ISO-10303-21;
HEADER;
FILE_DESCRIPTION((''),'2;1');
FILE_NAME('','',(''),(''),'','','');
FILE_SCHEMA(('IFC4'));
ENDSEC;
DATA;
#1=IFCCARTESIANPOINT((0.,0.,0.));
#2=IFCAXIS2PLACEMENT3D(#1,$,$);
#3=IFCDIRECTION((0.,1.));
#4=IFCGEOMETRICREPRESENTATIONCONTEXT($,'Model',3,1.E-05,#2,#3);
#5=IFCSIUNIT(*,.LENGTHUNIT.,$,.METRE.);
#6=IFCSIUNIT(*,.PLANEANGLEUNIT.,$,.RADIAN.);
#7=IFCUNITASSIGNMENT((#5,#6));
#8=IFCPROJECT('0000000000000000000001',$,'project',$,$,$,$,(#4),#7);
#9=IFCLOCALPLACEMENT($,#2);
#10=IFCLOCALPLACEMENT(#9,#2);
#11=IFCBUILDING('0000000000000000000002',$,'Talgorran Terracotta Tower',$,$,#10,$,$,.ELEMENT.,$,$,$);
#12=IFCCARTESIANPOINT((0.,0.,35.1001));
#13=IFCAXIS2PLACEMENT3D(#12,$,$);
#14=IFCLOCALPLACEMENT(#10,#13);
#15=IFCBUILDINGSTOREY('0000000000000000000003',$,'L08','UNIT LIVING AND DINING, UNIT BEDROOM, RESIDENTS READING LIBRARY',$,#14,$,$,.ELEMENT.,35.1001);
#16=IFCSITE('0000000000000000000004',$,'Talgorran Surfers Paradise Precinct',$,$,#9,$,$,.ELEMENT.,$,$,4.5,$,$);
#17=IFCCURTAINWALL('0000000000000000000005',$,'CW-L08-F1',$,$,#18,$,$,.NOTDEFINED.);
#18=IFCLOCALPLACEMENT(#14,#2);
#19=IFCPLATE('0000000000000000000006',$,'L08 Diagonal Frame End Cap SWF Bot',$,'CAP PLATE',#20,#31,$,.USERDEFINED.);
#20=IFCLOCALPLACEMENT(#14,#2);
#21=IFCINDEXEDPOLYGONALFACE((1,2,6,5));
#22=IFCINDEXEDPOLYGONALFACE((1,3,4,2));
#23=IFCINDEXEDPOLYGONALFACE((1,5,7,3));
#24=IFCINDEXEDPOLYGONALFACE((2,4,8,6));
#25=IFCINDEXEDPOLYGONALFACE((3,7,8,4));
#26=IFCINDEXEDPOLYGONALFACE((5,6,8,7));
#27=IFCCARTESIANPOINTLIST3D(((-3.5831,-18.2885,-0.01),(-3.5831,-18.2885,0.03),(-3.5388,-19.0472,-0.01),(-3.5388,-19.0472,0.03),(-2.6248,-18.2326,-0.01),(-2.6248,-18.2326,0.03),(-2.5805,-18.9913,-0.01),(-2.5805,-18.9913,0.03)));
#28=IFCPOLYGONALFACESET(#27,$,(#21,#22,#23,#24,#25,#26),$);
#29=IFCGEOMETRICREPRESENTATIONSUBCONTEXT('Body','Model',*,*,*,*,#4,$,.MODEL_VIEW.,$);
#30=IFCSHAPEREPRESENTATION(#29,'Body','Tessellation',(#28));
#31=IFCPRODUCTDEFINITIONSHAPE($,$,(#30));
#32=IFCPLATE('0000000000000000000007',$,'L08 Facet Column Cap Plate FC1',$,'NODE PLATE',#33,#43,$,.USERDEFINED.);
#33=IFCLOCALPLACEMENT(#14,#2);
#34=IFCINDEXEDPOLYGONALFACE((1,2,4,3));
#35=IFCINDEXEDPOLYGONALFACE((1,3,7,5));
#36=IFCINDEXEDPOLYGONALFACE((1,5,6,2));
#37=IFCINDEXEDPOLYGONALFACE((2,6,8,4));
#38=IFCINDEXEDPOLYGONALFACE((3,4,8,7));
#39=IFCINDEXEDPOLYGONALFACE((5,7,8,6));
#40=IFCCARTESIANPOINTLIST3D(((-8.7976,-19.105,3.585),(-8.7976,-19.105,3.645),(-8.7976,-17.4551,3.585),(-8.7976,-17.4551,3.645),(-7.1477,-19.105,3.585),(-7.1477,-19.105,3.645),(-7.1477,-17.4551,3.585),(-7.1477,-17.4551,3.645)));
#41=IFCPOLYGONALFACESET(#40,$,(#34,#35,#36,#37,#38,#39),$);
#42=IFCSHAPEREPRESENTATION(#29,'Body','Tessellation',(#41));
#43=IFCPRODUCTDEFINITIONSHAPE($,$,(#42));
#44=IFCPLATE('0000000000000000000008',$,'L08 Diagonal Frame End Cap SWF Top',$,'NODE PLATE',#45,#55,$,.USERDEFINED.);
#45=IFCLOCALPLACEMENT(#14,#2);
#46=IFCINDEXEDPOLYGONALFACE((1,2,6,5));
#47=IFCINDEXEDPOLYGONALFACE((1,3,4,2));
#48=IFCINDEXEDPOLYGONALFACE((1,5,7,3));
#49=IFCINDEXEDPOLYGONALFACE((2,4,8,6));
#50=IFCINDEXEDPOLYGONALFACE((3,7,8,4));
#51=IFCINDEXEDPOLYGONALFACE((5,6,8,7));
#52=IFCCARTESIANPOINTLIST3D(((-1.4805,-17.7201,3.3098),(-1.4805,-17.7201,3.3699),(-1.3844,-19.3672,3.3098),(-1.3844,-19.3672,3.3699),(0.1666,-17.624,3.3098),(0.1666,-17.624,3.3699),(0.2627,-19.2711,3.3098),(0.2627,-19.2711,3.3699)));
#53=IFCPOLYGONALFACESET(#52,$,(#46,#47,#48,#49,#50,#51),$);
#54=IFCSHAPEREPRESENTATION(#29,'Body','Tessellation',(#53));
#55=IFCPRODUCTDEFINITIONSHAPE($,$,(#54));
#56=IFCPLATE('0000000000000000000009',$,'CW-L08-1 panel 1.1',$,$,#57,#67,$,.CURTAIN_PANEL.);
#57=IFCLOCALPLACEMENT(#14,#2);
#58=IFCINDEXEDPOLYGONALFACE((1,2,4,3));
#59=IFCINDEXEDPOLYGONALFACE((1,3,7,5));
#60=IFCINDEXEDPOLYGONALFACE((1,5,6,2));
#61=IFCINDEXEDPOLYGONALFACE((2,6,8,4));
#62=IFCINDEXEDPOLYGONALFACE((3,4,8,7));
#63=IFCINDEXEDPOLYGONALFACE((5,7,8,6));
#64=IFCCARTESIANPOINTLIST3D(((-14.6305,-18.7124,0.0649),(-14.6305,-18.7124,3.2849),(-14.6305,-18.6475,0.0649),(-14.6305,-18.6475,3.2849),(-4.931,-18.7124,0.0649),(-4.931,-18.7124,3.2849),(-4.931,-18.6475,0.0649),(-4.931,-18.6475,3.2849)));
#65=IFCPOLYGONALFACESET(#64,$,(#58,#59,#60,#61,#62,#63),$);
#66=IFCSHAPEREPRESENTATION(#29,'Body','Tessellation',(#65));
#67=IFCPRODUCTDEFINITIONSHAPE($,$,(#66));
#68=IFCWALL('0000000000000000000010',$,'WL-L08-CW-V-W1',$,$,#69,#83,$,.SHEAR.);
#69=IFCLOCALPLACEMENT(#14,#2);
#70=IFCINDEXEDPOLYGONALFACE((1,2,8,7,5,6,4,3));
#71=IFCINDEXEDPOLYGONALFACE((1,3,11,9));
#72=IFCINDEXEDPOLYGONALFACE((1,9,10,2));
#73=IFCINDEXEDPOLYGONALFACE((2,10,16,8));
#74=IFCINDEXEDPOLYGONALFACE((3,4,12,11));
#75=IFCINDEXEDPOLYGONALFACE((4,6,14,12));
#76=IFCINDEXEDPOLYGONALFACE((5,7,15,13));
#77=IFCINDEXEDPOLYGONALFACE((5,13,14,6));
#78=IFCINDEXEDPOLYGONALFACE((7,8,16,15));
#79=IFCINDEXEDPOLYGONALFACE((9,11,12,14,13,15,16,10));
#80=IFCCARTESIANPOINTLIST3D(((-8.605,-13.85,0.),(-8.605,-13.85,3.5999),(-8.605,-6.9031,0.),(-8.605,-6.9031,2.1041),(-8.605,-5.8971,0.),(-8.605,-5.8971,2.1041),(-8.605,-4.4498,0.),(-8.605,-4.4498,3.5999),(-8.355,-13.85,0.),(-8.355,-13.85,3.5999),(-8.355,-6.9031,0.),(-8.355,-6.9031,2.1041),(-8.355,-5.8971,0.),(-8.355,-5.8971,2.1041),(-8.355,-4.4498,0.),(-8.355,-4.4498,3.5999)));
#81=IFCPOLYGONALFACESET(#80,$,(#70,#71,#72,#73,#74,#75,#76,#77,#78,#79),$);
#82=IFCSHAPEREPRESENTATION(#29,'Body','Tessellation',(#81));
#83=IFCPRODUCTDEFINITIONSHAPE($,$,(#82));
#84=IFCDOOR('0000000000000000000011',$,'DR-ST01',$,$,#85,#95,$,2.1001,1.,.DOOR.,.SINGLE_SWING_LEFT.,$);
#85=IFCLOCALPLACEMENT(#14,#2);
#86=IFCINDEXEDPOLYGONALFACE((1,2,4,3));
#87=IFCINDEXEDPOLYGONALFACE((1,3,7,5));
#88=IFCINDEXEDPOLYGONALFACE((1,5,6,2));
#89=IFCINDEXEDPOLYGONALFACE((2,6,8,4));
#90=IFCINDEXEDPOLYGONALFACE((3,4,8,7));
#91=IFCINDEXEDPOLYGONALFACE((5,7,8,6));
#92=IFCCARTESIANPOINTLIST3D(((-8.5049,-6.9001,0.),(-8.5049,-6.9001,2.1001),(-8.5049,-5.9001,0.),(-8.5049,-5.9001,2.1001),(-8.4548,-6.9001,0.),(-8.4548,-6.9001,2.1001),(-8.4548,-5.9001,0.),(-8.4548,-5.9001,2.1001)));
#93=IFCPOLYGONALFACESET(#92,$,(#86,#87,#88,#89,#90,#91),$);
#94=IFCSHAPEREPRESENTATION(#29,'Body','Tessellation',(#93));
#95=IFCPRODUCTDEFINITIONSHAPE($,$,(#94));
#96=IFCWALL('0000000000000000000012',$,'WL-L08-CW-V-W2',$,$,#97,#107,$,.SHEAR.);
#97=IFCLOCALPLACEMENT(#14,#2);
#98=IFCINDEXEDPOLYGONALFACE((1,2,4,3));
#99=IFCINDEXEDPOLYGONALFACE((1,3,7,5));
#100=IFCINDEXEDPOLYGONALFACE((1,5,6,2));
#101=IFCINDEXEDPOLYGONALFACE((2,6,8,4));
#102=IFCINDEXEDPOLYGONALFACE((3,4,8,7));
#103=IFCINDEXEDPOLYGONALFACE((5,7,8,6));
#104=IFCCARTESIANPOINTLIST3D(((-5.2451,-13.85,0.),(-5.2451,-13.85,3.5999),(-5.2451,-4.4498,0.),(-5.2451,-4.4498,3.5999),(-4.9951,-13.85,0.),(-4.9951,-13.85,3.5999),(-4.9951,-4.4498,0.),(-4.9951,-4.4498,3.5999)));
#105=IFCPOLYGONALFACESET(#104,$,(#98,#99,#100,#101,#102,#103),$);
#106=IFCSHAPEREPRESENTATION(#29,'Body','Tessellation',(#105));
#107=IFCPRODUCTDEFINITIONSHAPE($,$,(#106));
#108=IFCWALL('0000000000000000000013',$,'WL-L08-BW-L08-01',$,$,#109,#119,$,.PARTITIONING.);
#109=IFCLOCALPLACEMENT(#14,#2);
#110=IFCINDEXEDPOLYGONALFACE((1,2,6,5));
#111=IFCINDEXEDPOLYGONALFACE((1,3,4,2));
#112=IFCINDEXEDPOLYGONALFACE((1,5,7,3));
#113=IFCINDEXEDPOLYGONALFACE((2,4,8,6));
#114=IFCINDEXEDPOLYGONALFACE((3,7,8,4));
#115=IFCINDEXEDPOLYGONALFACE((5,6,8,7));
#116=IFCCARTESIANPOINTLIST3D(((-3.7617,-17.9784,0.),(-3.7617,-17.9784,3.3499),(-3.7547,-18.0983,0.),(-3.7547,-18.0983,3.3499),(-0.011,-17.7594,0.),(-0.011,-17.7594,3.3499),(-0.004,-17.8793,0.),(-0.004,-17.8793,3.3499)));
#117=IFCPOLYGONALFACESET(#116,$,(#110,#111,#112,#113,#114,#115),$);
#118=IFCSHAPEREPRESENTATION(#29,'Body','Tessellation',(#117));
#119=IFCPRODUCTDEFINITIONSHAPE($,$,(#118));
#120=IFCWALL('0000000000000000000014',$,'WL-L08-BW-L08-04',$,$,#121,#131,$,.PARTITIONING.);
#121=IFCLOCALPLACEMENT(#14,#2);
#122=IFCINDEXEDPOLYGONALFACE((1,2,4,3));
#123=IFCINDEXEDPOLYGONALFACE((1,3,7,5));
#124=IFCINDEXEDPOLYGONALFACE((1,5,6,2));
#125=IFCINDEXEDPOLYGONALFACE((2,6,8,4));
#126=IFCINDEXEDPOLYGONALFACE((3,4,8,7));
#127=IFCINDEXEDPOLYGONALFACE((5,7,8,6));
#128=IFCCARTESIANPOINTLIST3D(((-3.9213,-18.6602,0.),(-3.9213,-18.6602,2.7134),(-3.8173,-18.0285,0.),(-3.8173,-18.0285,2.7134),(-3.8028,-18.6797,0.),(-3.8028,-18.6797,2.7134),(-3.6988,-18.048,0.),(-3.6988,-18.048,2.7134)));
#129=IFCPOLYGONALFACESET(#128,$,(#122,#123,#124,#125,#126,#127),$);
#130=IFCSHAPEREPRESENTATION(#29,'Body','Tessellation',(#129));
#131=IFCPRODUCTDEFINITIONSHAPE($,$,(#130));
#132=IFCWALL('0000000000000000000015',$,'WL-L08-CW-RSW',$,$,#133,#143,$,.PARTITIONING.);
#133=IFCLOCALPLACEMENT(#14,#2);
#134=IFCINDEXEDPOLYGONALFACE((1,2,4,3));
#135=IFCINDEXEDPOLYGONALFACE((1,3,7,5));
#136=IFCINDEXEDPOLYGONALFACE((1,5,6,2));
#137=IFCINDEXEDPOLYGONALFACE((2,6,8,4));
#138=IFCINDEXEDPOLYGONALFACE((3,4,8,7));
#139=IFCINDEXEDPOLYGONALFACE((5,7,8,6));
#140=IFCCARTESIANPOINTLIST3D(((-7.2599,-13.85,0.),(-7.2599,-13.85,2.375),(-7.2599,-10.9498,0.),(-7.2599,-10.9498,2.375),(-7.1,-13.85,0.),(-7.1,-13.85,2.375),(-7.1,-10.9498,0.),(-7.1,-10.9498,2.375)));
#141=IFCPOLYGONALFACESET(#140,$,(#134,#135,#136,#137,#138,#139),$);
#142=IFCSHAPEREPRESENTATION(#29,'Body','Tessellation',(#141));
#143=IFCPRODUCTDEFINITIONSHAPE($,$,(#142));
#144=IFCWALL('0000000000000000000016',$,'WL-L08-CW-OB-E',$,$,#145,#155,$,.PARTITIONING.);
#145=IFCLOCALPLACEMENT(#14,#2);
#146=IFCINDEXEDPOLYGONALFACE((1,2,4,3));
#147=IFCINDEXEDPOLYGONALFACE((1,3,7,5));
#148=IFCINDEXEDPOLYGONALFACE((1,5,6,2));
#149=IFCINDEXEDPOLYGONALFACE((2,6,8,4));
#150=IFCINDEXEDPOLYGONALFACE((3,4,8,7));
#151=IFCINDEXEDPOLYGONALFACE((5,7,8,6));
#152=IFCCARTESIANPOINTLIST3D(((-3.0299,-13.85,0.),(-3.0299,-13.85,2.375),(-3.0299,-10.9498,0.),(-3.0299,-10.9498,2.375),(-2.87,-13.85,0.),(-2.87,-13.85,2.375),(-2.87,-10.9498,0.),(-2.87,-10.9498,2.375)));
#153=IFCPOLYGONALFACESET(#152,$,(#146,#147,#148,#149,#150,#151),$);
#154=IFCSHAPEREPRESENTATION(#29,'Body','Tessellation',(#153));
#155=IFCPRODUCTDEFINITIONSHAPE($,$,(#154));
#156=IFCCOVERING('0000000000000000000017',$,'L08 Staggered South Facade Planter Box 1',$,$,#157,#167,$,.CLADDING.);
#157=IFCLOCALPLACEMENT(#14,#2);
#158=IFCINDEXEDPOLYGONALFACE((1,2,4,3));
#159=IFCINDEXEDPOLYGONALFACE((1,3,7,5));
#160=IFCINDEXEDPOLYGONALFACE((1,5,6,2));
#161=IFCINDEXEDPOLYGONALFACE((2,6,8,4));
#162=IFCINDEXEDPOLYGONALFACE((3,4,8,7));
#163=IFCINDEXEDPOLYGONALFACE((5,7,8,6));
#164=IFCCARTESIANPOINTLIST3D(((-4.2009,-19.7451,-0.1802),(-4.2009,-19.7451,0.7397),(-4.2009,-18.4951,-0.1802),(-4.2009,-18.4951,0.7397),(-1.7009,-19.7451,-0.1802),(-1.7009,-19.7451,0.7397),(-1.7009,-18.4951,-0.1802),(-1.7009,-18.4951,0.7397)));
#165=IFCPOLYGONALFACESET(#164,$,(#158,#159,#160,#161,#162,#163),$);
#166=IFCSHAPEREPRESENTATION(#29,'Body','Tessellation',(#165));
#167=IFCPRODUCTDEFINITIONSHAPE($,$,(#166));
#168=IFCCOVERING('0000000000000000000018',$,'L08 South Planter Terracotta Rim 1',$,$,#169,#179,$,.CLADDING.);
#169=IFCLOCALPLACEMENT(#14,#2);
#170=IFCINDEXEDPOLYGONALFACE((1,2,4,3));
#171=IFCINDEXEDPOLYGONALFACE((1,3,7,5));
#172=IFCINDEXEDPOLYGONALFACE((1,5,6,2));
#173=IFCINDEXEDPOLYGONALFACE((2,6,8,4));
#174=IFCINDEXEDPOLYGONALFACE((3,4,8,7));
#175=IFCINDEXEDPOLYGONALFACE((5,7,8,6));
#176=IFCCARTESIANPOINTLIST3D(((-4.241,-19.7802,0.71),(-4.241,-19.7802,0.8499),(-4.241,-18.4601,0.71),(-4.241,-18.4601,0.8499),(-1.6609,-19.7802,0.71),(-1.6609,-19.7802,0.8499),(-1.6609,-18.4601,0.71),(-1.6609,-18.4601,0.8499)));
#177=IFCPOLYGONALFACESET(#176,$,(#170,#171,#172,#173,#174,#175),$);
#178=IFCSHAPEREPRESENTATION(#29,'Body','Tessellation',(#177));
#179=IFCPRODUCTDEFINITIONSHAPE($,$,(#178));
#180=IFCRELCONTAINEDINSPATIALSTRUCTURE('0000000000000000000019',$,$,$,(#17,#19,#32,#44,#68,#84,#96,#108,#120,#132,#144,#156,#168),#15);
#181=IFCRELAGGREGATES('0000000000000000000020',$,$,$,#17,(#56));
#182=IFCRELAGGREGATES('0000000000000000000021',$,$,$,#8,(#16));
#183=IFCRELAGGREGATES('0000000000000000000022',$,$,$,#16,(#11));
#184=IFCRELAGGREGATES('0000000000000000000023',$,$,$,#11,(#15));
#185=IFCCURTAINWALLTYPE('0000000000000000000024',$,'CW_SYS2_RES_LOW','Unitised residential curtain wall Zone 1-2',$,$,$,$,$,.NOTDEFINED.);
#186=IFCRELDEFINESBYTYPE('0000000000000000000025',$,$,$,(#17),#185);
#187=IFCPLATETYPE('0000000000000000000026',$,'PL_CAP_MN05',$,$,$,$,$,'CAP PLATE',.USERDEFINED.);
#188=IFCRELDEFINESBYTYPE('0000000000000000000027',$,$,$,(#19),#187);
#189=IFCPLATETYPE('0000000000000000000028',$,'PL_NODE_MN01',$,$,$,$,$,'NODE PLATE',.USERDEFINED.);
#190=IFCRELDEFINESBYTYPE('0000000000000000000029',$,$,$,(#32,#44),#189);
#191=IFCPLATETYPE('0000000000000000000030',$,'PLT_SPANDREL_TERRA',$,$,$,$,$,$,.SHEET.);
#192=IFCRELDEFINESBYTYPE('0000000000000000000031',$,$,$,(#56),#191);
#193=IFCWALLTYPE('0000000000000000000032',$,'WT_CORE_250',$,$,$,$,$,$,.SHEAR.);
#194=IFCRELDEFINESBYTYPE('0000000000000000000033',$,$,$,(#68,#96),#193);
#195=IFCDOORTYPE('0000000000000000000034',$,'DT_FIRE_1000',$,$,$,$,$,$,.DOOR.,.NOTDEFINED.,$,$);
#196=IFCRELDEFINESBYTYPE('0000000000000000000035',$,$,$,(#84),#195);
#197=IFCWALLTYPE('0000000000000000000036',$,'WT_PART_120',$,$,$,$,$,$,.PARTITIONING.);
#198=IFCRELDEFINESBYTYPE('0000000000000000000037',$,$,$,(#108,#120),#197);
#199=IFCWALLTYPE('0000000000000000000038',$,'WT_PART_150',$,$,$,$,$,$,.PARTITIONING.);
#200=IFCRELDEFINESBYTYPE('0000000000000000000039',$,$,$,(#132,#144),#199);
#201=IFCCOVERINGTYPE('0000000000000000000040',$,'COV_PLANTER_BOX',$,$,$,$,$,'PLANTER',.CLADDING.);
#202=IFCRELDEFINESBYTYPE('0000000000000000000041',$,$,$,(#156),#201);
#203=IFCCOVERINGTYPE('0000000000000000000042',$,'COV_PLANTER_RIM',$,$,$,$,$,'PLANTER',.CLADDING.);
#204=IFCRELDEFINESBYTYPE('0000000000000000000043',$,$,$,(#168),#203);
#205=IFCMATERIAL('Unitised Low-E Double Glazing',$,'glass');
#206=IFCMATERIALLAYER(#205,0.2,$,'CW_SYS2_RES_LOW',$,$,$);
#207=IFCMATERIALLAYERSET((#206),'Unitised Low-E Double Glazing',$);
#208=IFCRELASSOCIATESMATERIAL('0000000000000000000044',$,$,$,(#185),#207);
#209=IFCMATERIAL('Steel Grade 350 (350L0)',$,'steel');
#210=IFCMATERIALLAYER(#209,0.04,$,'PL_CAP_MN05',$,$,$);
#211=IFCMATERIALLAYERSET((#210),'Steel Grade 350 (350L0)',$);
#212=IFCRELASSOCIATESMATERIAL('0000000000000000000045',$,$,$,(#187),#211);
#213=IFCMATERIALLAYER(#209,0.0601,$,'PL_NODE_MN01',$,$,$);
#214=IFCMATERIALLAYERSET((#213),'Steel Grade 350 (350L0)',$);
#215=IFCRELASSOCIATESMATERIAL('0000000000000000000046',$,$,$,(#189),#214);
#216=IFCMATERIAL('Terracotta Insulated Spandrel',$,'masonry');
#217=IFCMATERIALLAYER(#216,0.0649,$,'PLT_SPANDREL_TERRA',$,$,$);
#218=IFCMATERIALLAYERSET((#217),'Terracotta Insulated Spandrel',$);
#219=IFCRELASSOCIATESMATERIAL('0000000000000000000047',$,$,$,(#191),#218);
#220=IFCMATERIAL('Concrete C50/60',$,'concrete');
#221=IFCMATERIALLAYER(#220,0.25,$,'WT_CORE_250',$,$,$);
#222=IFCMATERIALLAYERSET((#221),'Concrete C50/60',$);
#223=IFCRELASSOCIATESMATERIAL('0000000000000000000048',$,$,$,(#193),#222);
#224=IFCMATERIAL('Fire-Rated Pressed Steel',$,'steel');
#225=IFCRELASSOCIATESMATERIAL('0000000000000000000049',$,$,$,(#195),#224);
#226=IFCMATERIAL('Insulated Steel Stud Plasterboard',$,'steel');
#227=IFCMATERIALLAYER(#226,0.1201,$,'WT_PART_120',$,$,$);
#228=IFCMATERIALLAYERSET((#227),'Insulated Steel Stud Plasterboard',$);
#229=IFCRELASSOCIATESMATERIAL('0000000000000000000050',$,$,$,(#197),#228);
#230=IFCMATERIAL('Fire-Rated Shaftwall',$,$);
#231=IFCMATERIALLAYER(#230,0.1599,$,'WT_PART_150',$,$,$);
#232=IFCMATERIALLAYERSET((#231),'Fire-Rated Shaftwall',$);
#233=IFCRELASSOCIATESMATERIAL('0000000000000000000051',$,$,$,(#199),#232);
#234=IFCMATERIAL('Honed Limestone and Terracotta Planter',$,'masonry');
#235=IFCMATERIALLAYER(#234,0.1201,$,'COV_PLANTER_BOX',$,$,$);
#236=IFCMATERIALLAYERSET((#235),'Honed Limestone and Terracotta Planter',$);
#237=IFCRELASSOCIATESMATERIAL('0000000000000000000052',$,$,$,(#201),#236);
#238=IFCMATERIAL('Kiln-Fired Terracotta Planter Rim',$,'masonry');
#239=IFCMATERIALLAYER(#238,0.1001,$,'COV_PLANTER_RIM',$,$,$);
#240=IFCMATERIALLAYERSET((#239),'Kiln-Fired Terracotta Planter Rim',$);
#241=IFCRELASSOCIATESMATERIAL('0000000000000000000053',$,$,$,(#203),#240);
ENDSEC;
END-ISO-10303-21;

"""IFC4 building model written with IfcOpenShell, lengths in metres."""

from ifc_helpers import new_model, si_unit, direction, frame, frame_2d, origin, origin_2d, place, context, subcontext, project, spatial, rectangle, extrude, source, transform, mapped, material, layer, layer_set, type_object, type_shapes, element, fill, aggregate, save


model = new_model("IFC4")

# Units and contexts
model_context = context("Model", 3, precision=1e-05, world=origin(), true_north=direction((0.0, 1.0)))
body_context = subcontext(model_context, "Body", "Model", "MODEL_VIEW")
ifc_project = project(units=[si_unit("LENGTHUNIT", "METRE"), si_unit("PLANEANGLEUNIT", "RADIAN")], contexts=[model_context])

# Site, building, storey
site_placement = place(None, origin())
site = spatial("IfcSite", under=ifc_project, at=site_placement, Name="Talgorran Surfers Paradise Precinct", CompositionType="ELEMENT", RefElevation=4.5)
building_placement = place(site_placement, origin())
building = spatial("IfcBuilding", under=site, at=building_placement, Name="Talgorran Terracotta Tower", CompositionType="ELEMENT")
storey_placement = place(building_placement, frame((0.0, 0.0, 35.1001)))
storey = spatial("IfcBuildingStorey", under=building, at=storey_placement, Name="L08", Description="UNIT LIVING AND DINING, UNIT BEDROOM, RESIDENTS READING LIBRARY", CompositionType="ELEMENT", Elevation=35.1001)

# Shared definitions
ifc_material_1 = material(Name="Steel Grade 350 (350L0)", Category="steel")

# Curtain wall
ifc_material_2 = material(Name="Unitised Low-E Double Glazing", Category="glass")
ifc_layer_1 = layer(ifc_material_2, 0.2, Name="CW_SYS2_RES_LOW")
ifc_layer_set_1 = layer_set([ifc_layer_1], Name="Unitised Low-E Double Glazing")
curtain_wall_type = type_object("IfcCurtainWallType", Name="CW_SYS2_RES_LOW", Description="Unitised residential curtain wall Zone 1-2", PredefinedType="NOTDEFINED", material=ifc_layer_set_1)
curtain_wall_placement = place(storey_placement, origin())
curtain_wall = element("IfcCurtainWall", 1, at=curtain_wall_placement, inside=storey, type_object=curtain_wall_type, Name="CW-L08-F1", PredefinedType="NOTDEFINED")

# Plates
ifc_layer_2 = layer(ifc_material_1, 0.04, Name="PL_CAP_MN05")
ifc_layer_set_2 = layer_set([ifc_layer_2], Name="Steel Grade 350 (350L0)")
plate_type_1 = type_object("IfcPlateType", Name="PL_CAP_MN05", ElementType="CAP PLATE", PredefinedType="USERDEFINED", material=ifc_layer_set_2)
plate_1_placement = place(storey_placement, frame((-3.0818, -18.6399, -0.01), z_axis=(0.0, 0.0, 1.0), x_axis=(0.998301, 0.058261, 0.0)))
element("IfcPlate", 2, at=plate_1_placement, inside=storey, type_object=plate_type_1, Name="L08 Diagonal Frame End Cap SWF Bot", ObjectType="CAP PLATE", PredefinedType="USERDEFINED", context=body_context, shape_type="SweptSolid", body=[
    extrude(rectangle(XDim=0.96, YDim=0.76, at=origin_2d()), origin(), (0.0, 0.0, 1.0), 0.04),
])
ifc_layer_3 = layer(ifc_material_1, 0.0601, Name="PL_NODE_MN01")
ifc_layer_set_3 = layer_set([ifc_layer_3], Name="Steel Grade 350 (350L0)")
plate_type_2 = type_object("IfcPlateType", Name="PL_NODE_MN01", ElementType="NODE PLATE", PredefinedType="USERDEFINED", material=ifc_layer_set_3)
for number, where, z_axis, x_axis, name in (
    (3, (-7.9727, -18.28, 3.585), (0.0, 0.0, 1.0), (1.0, 0.0, 0.0), "L08 Facet Column Cap Plate FC1"),
    (4, (-0.6089, -18.4956, 3.3098), (0.0, 0.0, 1.0), (0.998301, 0.058261, 0.0), "L08 Diagonal Frame End Cap SWF Top"),
):
    element("IfcPlate", number, at=place(storey_placement, frame(where, z_axis=z_axis, x_axis=x_axis)), inside=storey, type_object=plate_type_2, Name=name, ObjectType="NODE PLATE", PredefinedType="USERDEFINED", context=body_context, shape_type="SweptSolid", body=[
        extrude(rectangle(XDim=1.6499, YDim=1.6499, at=origin_2d()), origin(), (0.0, 0.0, 1.0), 0.0601),
    ])

# Plate
ifc_material_3 = material(Name="Terracotta Insulated Spandrel", Category="masonry")
ifc_layer_4 = layer(ifc_material_3, 0.0649, Name="PLT_SPANDREL_TERRA")
ifc_layer_set_4 = layer_set([ifc_layer_4], Name="Terracotta Insulated Spandrel")
plate_type_3 = type_object("IfcPlateType", Name="PLT_SPANDREL_TERRA", PredefinedType="SHEET", material=ifc_layer_set_4)
shared_shape = source(origin(), body_context, "Body", "SweptSolid", [
    extrude(rectangle(XDim=9.6995, YDim=0.0649, at=origin_2d()), origin(), (0.0, 0.0, 1.0), 3.22),
])
type_shapes(plate_type_3, [shared_shape])
plate_2_placement = place(storey_placement, frame((-9.7808, -18.6799, 0.0649), z_axis=(0.0, 0.0, 1.0), x_axis=(1.0, 0.0, 0.0)))
plate_2 = element("IfcPlate", 5, at=plate_2_placement, type_object=plate_type_3, Name="CW-L08-1 panel 1.1", PredefinedType="CURTAIN_PANEL", context=body_context, shape_type="MappedRepresentation", body=[
    mapped(shared_shape, transform((0.0, 0.0, 0.0), scale=1.0)),
])
aggregate(curtain_wall, [plate_2])

# Wall, opening, door
ifc_material_4 = material(Name="Concrete C50/60", Category="concrete")
ifc_layer_5 = layer(ifc_material_4, 0.25, Name="WT_CORE_250")
ifc_layer_set_5 = layer_set([ifc_layer_5], Name="Concrete C50/60")
wall_type_1 = type_object("IfcWallType", Name="WT_CORE_250", PredefinedType="SHEAR", material=ifc_layer_set_5)
wall_1_placement = place(storey_placement, frame((-8.48, -13.8501, 0.0), z_axis=(0.0, 0.0, 1.0), x_axis=(0.0, 1.0, 0.0)))
wall_1 = element("IfcWall", 6, at=wall_1_placement, inside=storey, type_object=wall_type_1, Name="WL-L08-CW-V-W1", PredefinedType="SHEAR", context=body_context, shape_type="SweptSolid", body=[
    extrude(rectangle(XDim=9.4001, YDim=0.25, at=frame_2d((4.7002, 0.0))), origin(), (0.0, 0.0, 1.0), 3.5999),
])
opening_placement = place(wall_1_placement, frame((6.95, 0.0, 0.0)))
opening = element("IfcOpeningElement", 7, at=opening_placement, cuts=wall_1, PredefinedType="OPENING", context=body_context, shape_type="SweptSolid", body=[
    extrude(rectangle(XDim=1.006, YDim=2.1041, at=frame_2d((0.5, 1.052))), frame((0.0, 0.135, 0.0), z_axis=(0.0, -1.0, 0.0), x_axis=(1.0, 0.0, 0.0)), (0.0, 0.0, 1.0), 0.27),
])
ifc_material_5 = material(Name="Fire-Rated Pressed Steel", Category="steel")
door_type = type_object("IfcDoorType", Name="DT_FIRE_1000", OperationType="NOTDEFINED", PredefinedType="DOOR", material=ifc_material_5)
door_placement = place(opening_placement, origin())
door = element("IfcDoor", 8, at=door_placement, inside=storey, type_object=door_type, Name="DR-ST01", OperationType="SINGLE_SWING_LEFT", OverallHeight=2.1001, OverallWidth=1.0, PredefinedType="DOOR", context=body_context, shape_type="SweptSolid", body=[
    extrude(rectangle(XDim=1.0, YDim=2.1001, at=frame_2d((0.5, 1.05))), frame((0.0, 0.0249, 0.0), z_axis=(0.0, -1.0, 0.0), x_axis=(1.0, 0.0, 0.0)), (0.0, 0.0, 1.0), 0.05),
])
fill(opening, door)

# Walls
wall_2_placement = place(storey_placement, frame((-5.1201, -13.8501, 0.0), z_axis=(0.0, 0.0, 1.0), x_axis=(0.0, 1.0, 0.0)))
element("IfcWall", 9, at=wall_2_placement, inside=storey, type_object=wall_type_1, Name="WL-L08-CW-V-W2", PredefinedType="SHEAR", context=body_context, shape_type="SweptSolid", body=[
    extrude(rectangle(XDim=9.4001, YDim=0.25, at=frame_2d((4.7002, 0.0))), origin(), (0.0, 0.0, 1.0), 3.5999),
])
ifc_material_6 = material(Name="Insulated Steel Stud Plasterboard", Category="steel")
ifc_layer_6 = layer(ifc_material_6, 0.1201, Name="WT_PART_120")
ifc_layer_set_6 = layer_set([ifc_layer_6], Name="Insulated Steel Stud Plasterboard")
wall_type_2 = type_object("IfcWallType", Name="WT_PART_120", PredefinedType="PARTITIONING", material=ifc_layer_set_6)
wall_3_placement = place(storey_placement, frame((-3.7581, -18.0383, 0.0), z_axis=(0.0, 0.0, 1.0), x_axis=(0.9983, 0.058288, 0.0)))
element("IfcWall", 10, at=wall_3_placement, inside=storey, type_object=wall_type_2, Name="WL-L08-BW-L08-01", PredefinedType="PARTITIONING", context=body_context, shape_type="SweptSolid", body=[
    extrude(rectangle(XDim=3.7571, YDim=0.1201, at=frame_2d((1.8784, 0.0))), origin(), (0.0, 0.0, 1.0), 3.3499),
])
wall_4_placement = place(storey_placement, frame((-3.8621, -18.6699, 0.0), z_axis=(0.0, 0.0, 1.0), x_axis=(0.162481, 0.986712, 0.0)))
element("IfcWall", 11, at=wall_4_placement, inside=storey, type_object=wall_type_2, Name="WL-L08-BW-L08-04", PredefinedType="PARTITIONING", context=body_context, shape_type="SweptSolid", body=[
    extrude(rectangle(XDim=0.6401, YDim=0.1201, at=frame_2d((0.3201, 0.0))), origin(), (0.0, 0.0, 1.0), 2.7134),
])
ifc_material_7 = material(Name="Fire-Rated Shaftwall")
ifc_layer_7 = layer(ifc_material_7, 0.1599, Name="WT_PART_150")
ifc_layer_set_7 = layer_set([ifc_layer_7], Name="Fire-Rated Shaftwall")
wall_type_3 = type_object("IfcWallType", Name="WT_PART_150", PredefinedType="PARTITIONING", material=ifc_layer_set_7)
for number, where, z_axis, x_axis, name in (
    (12, (-7.1799, -13.8501, 0.0), (0.0, 0.0, 1.0), (0.0, 1.0, 0.0), "WL-L08-CW-RSW"),
    (13, (-2.95, -13.8501, 0.0), (0.0, 0.0, 1.0), (0.0, 1.0, 0.0), "WL-L08-CW-OB-E"),
):
    element("IfcWall", number, at=place(storey_placement, frame(where, z_axis=z_axis, x_axis=x_axis)), inside=storey, type_object=wall_type_3, Name=name, PredefinedType="PARTITIONING", context=body_context, shape_type="SweptSolid", body=[
        extrude(rectangle(XDim=2.9001, YDim=0.1599, at=frame_2d((1.4502, 0.0))), origin(), (0.0, 0.0, 1.0), 2.375),
    ])

# Coverings
ifc_material_8 = material(Name="Honed Limestone and Terracotta Planter", Category="masonry")
ifc_layer_8 = layer(ifc_material_8, 0.1201, Name="COV_PLANTER_BOX")
ifc_layer_set_8 = layer_set([ifc_layer_8], Name="Honed Limestone and Terracotta Planter")
covering_type_1 = type_object("IfcCoveringType", Name="COV_PLANTER_BOX", ElementType="PLANTER", PredefinedType="CLADDING", material=ifc_layer_set_8)
covering_1_placement = place(storey_placement, frame((-2.9509, -19.1201, -0.1802), z_axis=(0.0, 0.0, 1.0), x_axis=(1.0, 0.0, 0.0)))
element("IfcCovering", 14, at=covering_1_placement, inside=storey, type_object=covering_type_1, Name="L08 Staggered South Facade Planter Box 1", PredefinedType="CLADDING", context=body_context, shape_type="SweptSolid", body=[
    extrude(rectangle(XDim=2.5, YDim=1.25, at=origin_2d()), origin(), (0.0, 0.0, 1.0), 0.9199),
])
ifc_material_9 = material(Name="Kiln-Fired Terracotta Planter Rim", Category="masonry")
ifc_layer_9 = layer(ifc_material_9, 0.1001, Name="COV_PLANTER_RIM")
ifc_layer_set_9 = layer_set([ifc_layer_9], Name="Kiln-Fired Terracotta Planter Rim")
covering_type_2 = type_object("IfcCoveringType", Name="COV_PLANTER_RIM", ElementType="PLANTER", PredefinedType="CLADDING", material=ifc_layer_set_9)
covering_2_placement = place(storey_placement, frame((-2.9509, -19.1201, 0.71), z_axis=(0.0, 0.0, 1.0), x_axis=(1.0, 0.0, 0.0)))
element("IfcCovering", 15, at=covering_2_placement, inside=storey, type_object=covering_type_2, Name="L08 South Planter Terracotta Rim 1", PredefinedType="CLADDING", context=body_context, shape_type="SweptSolid", body=[
    extrude(rectangle(XDim=2.5801, YDim=1.3201, at=origin_2d()), origin(), (0.0, 0.0, 1.0), 0.1399),
])

save(model, "model.ifc")
